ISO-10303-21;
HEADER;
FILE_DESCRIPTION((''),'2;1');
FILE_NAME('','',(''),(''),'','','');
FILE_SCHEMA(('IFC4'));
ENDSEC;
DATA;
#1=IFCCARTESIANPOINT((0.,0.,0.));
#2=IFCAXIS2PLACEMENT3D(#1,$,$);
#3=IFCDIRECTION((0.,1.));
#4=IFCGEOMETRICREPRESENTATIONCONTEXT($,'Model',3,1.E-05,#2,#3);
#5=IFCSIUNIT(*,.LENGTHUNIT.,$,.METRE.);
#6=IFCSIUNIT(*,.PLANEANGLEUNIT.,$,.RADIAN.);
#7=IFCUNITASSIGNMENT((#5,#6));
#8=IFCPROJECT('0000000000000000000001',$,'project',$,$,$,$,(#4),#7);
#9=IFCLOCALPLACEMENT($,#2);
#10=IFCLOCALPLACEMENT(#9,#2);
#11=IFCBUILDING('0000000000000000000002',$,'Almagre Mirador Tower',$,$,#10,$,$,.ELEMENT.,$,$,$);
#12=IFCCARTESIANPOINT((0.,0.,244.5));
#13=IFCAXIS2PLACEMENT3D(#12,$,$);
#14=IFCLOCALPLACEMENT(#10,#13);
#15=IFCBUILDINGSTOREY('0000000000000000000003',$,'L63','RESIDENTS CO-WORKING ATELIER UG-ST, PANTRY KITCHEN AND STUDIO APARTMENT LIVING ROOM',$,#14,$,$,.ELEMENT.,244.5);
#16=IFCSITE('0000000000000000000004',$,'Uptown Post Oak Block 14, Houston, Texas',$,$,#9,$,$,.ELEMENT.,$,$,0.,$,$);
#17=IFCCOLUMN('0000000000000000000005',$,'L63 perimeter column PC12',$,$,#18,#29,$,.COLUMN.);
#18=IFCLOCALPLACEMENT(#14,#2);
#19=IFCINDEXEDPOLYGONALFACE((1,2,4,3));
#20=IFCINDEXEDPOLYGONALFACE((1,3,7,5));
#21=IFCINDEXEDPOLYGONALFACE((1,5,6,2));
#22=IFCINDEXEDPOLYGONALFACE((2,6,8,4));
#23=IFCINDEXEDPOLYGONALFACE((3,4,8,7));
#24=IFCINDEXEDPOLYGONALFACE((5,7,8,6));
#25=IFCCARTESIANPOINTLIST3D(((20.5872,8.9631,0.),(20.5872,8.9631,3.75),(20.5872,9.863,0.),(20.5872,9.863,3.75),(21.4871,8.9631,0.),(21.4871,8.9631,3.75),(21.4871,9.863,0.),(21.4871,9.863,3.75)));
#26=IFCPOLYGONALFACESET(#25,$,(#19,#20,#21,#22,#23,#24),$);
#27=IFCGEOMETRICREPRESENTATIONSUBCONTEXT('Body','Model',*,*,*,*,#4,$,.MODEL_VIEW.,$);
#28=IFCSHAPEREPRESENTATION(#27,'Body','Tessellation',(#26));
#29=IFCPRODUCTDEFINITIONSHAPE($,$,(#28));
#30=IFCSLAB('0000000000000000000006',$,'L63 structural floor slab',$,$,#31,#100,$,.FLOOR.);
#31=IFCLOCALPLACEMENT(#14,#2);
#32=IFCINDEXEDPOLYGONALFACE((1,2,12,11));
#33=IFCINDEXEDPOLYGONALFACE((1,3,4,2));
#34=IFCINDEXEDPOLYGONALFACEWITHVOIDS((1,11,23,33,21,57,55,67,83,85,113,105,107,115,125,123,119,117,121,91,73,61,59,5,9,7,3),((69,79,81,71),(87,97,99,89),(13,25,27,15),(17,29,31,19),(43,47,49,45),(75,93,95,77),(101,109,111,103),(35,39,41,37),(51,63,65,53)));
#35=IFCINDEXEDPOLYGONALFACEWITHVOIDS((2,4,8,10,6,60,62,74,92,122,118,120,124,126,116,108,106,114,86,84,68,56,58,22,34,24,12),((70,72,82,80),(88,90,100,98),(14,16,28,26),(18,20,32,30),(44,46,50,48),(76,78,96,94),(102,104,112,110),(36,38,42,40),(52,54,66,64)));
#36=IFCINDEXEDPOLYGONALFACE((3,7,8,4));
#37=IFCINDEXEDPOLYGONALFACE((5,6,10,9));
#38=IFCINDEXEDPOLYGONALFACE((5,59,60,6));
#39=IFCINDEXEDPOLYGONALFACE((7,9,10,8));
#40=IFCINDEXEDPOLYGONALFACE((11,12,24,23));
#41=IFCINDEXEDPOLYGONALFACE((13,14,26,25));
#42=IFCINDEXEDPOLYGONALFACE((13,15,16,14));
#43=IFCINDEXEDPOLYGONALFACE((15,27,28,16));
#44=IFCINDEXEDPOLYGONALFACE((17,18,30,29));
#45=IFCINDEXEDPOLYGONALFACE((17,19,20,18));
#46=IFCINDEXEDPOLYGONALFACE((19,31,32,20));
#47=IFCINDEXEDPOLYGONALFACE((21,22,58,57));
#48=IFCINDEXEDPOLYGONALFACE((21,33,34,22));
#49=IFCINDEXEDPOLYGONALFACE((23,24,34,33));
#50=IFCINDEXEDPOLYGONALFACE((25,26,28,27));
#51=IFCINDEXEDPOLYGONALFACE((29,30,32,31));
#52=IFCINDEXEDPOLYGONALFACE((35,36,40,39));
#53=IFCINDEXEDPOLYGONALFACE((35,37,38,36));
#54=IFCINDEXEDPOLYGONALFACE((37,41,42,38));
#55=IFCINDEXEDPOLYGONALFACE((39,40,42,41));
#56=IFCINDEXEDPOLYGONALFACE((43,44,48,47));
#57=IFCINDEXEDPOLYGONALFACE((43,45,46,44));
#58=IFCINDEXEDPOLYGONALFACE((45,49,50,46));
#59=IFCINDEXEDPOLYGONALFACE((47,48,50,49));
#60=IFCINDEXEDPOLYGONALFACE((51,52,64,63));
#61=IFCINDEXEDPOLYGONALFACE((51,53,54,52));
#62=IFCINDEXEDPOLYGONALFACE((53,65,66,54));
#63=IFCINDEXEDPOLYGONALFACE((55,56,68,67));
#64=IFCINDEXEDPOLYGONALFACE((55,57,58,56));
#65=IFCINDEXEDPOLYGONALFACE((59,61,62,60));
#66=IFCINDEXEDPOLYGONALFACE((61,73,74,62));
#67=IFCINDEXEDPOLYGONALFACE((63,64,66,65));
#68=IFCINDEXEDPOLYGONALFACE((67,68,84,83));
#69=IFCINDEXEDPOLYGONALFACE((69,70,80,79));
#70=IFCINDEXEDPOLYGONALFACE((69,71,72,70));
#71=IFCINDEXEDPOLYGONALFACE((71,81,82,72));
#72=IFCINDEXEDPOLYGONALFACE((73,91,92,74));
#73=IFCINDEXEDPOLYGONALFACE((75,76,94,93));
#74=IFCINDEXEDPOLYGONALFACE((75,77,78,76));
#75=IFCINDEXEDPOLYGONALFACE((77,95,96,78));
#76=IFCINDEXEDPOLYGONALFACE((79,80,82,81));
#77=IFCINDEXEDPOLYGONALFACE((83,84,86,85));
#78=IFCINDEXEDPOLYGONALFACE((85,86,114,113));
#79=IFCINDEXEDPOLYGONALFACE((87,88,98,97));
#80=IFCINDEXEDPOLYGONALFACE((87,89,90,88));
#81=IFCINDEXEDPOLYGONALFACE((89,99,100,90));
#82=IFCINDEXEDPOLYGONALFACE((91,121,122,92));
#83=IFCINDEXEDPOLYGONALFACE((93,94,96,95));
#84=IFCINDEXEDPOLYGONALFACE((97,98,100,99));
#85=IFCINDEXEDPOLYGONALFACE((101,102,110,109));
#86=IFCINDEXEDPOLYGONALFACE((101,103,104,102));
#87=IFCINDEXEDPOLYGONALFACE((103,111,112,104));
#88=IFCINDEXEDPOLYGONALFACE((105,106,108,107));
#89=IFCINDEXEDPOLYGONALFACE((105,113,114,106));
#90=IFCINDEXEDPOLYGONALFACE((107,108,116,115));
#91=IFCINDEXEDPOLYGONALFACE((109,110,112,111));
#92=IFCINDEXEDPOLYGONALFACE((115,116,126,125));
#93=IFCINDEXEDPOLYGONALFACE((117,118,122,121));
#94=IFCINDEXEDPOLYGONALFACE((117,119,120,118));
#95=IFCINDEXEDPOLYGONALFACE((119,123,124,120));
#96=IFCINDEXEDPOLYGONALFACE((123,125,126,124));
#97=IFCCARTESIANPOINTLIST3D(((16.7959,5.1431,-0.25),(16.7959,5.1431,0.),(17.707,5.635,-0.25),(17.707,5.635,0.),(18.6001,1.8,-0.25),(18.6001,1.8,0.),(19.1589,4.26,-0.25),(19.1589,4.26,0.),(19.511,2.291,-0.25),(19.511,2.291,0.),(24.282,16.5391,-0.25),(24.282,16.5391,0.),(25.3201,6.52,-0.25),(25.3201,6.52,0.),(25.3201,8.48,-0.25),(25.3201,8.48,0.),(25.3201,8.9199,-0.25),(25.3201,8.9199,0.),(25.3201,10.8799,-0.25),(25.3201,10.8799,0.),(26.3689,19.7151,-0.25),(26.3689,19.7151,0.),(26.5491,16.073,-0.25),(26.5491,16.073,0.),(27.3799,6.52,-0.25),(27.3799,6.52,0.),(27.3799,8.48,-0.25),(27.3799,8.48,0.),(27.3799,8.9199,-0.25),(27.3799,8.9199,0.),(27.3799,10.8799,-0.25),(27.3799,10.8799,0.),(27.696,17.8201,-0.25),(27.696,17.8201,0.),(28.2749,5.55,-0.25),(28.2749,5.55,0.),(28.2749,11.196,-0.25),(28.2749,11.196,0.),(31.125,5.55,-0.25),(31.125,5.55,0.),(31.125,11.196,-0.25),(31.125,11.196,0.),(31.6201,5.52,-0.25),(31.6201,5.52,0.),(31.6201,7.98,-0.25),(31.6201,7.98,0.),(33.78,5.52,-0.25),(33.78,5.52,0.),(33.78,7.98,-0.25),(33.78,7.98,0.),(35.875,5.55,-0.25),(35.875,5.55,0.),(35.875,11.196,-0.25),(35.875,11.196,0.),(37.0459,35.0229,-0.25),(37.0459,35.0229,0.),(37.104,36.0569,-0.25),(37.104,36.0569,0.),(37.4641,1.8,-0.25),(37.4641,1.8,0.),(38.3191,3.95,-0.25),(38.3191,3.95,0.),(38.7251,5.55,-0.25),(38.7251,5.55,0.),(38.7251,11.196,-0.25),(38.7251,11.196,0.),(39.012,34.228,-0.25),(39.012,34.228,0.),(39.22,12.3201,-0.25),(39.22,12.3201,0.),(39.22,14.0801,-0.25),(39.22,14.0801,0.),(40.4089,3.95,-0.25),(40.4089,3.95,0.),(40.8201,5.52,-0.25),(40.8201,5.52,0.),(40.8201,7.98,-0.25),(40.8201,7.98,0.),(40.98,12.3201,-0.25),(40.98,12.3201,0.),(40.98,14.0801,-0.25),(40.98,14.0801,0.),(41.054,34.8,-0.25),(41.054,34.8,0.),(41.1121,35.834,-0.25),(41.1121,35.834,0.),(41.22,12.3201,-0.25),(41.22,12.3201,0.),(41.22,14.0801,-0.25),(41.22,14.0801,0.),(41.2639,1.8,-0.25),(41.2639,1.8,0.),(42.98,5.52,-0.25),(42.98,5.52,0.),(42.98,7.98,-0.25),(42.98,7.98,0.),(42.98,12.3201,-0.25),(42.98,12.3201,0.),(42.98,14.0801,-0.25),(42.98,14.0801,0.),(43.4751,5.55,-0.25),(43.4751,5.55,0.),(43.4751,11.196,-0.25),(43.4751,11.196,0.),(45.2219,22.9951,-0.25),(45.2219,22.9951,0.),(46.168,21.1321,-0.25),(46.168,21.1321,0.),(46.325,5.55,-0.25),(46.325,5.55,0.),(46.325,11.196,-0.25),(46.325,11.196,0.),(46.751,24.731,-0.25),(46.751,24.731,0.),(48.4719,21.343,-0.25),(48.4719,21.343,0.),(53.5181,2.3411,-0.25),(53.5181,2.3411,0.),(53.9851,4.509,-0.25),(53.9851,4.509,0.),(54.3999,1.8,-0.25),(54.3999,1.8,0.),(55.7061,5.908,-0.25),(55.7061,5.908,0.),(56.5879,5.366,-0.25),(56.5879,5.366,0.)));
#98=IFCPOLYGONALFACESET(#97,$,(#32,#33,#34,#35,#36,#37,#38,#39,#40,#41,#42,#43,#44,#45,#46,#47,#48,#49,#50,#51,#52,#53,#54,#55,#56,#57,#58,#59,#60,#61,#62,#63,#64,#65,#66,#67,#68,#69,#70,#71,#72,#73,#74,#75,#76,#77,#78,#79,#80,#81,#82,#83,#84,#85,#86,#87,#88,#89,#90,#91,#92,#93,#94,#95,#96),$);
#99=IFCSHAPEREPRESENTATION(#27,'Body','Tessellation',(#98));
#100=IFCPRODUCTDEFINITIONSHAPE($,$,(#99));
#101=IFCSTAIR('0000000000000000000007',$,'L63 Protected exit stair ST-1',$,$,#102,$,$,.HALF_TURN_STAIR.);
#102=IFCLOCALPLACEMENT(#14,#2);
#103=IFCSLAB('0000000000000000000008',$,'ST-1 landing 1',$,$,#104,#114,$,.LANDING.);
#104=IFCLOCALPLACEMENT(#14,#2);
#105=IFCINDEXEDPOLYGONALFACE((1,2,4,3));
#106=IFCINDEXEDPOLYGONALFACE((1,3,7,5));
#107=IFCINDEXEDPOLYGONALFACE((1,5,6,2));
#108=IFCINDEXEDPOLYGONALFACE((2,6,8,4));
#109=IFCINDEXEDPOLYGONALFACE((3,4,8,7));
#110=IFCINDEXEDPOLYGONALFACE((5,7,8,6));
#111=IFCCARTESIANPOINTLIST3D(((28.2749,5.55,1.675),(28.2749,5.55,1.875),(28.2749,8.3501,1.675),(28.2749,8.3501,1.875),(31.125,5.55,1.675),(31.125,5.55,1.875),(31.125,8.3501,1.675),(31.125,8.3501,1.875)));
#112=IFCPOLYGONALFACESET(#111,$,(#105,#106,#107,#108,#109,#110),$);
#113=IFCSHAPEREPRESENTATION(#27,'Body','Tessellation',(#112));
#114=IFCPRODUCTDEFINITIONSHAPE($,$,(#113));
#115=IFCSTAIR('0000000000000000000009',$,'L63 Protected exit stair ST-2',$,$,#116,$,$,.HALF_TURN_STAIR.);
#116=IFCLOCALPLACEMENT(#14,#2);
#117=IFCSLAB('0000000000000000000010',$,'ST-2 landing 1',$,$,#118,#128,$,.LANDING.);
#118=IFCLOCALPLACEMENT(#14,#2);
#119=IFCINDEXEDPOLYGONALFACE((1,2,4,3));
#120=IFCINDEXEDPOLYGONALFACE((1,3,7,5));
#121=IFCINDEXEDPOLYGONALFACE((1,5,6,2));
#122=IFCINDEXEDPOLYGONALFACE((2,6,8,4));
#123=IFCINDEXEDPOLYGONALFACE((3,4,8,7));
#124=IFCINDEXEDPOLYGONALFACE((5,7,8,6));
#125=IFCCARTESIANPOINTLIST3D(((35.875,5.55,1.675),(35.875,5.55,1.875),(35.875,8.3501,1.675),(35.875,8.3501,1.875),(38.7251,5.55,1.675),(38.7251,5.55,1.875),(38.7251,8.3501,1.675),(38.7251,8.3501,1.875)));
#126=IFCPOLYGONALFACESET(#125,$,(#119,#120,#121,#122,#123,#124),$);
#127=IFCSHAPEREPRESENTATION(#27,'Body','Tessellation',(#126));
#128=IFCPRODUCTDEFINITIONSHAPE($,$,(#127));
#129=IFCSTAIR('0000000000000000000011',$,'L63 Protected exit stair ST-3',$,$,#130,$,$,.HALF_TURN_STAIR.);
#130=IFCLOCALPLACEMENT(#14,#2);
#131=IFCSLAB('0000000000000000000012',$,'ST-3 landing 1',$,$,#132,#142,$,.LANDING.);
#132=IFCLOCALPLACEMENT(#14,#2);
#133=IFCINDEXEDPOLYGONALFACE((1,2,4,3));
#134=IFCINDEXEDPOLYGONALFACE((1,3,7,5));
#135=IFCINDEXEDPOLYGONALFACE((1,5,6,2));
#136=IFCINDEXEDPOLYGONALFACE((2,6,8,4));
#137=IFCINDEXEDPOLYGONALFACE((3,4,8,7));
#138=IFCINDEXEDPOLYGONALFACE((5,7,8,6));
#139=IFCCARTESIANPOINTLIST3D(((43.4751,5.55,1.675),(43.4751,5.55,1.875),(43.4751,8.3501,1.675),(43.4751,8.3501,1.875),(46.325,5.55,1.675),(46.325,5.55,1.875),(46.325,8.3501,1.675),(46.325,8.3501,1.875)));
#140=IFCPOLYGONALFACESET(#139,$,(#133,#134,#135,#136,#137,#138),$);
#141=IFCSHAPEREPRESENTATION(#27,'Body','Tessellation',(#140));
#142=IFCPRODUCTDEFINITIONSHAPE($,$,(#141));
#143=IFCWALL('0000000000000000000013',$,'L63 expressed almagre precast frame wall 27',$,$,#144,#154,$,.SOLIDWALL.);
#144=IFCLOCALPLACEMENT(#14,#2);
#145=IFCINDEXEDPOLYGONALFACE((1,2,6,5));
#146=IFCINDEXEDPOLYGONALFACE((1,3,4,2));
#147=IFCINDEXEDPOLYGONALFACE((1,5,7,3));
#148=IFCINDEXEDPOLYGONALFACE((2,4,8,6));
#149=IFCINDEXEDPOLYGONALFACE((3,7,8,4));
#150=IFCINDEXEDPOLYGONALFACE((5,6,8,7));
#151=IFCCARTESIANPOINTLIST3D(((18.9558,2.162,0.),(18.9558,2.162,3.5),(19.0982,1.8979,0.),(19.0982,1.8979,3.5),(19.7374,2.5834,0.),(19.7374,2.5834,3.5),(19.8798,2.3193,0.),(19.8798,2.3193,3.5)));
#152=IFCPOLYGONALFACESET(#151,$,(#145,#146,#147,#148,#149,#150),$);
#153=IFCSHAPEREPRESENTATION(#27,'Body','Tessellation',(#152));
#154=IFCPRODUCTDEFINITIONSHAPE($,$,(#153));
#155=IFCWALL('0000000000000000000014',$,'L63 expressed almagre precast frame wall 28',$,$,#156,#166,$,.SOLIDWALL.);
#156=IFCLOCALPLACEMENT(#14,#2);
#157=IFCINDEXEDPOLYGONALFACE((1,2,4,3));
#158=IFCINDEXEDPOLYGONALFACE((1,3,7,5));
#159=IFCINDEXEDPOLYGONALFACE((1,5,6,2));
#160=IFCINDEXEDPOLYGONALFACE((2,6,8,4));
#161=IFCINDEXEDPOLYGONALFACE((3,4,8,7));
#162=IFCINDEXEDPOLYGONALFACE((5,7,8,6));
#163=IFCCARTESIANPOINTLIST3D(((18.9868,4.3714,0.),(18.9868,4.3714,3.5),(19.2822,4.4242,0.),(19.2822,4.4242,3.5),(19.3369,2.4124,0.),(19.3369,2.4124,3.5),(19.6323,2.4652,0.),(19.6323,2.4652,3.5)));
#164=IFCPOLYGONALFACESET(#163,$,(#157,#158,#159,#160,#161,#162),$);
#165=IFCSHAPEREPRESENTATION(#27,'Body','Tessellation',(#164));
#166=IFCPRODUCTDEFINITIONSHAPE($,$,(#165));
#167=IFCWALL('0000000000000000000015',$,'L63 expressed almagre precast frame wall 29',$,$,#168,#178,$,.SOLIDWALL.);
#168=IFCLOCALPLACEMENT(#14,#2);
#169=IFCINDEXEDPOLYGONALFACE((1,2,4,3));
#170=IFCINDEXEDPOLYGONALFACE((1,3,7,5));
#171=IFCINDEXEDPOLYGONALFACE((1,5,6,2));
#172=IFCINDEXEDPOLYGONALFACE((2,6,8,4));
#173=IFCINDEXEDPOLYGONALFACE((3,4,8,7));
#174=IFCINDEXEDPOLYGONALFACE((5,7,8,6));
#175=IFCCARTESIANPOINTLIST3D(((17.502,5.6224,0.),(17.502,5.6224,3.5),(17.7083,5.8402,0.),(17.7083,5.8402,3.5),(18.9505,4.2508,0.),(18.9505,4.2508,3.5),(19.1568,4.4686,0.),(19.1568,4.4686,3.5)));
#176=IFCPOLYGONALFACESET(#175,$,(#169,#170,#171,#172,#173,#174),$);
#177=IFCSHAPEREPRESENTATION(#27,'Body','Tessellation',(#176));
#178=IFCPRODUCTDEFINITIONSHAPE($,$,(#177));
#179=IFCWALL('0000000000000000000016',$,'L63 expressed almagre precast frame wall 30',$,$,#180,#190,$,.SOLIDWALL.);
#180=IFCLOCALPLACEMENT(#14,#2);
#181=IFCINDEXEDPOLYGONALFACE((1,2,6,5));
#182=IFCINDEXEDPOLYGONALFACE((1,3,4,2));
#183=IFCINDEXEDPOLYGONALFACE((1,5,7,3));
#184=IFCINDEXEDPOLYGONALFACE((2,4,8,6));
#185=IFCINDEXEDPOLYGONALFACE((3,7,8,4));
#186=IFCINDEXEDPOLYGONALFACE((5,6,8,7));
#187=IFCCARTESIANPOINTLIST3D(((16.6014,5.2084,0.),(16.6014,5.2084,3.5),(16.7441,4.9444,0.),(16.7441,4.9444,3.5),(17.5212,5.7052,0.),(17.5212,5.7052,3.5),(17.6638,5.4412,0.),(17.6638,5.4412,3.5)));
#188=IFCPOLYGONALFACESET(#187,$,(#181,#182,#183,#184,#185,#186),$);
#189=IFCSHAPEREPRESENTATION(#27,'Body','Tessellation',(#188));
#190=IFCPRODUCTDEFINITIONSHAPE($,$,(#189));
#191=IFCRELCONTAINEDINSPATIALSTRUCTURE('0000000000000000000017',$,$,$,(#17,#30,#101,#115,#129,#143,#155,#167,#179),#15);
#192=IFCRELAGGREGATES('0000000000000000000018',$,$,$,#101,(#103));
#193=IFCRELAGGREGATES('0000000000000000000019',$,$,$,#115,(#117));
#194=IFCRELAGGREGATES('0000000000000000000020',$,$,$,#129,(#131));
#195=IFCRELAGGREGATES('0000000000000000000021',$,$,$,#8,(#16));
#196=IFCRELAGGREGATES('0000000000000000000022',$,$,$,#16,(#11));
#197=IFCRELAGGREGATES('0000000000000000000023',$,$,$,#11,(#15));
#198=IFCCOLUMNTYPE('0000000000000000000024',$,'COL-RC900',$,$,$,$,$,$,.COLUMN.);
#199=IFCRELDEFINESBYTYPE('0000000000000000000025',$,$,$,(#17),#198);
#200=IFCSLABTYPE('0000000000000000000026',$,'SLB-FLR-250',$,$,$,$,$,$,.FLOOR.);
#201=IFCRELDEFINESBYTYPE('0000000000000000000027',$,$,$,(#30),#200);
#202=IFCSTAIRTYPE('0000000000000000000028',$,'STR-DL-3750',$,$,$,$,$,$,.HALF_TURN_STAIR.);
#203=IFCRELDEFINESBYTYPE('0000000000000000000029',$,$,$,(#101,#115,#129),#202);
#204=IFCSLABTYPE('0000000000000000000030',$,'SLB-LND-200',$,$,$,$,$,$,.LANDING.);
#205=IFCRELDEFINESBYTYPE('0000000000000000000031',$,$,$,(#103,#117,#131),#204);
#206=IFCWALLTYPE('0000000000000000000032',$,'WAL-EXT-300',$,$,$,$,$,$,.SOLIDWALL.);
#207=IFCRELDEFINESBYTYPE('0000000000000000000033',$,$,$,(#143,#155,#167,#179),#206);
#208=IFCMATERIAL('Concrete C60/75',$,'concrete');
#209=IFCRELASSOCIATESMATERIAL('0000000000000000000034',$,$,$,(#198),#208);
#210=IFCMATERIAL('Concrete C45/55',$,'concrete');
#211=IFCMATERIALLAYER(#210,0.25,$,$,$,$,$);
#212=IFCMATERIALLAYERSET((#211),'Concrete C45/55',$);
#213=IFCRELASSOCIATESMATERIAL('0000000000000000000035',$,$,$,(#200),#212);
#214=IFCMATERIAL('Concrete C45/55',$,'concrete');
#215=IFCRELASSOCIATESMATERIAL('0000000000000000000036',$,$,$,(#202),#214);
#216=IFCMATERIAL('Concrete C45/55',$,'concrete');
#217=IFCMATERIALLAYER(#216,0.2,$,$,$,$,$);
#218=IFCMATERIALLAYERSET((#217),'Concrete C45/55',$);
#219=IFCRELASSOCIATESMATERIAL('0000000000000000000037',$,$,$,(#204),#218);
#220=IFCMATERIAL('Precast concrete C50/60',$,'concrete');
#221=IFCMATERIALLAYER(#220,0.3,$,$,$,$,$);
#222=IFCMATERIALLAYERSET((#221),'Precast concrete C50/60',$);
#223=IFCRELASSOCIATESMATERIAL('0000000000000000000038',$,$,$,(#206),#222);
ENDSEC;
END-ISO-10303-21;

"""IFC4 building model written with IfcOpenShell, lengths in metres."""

from ifc_helpers import new_model, si_unit, direction, frame, frame_2d, origin, origin_2d, place, context, subcontext, project, spatial, polyline, rectangle, outline, extrude, material, layer, layer_set, material_profile, profile_set, type_object, element, aggregate, save


model = new_model("IFC4")

# Units and contexts
model_context = context("Model", 3, precision=1e-05, world=origin(), true_north=direction((0.0, 1.0)))
body_context = subcontext(model_context, "Body", "Model", "MODEL_VIEW")
ifc_project = project(units=[si_unit("LENGTHUNIT", "METRE"), si_unit("PLANEANGLEUNIT", "RADIAN")], contexts=[model_context])

# Site, building, storey
site_placement = place(None, origin())
site = spatial("IfcSite", under=ifc_project, at=site_placement, Name="Uptown Post Oak Block 14, Houston, Texas", CompositionType="ELEMENT", RefElevation=0.0)
building_placement = place(site_placement, origin())
building = spatial("IfcBuilding", under=site, at=building_placement, Name="Almagre Mirador Tower", CompositionType="ELEMENT")
storey_placement = place(building_placement, frame((0.0, 0.0, 244.5)))
storey = spatial("IfcBuildingStorey", under=building, at=storey_placement, Name="L63", Description="RESIDENTS CO-WORKING ATELIER UG-ST, PANTRY KITCHEN AND STUDIO APARTMENT LIVING ROOM", CompositionType="ELEMENT", Elevation=244.5)

# Column
ifc_material_1 = material(Name="Concrete C60/75", Category="concrete")
ifc_material_profile = material_profile(ifc_material_1, rectangle(XDim=0.8999, YDim=0.8999, at=origin_2d()), Name="RC900X900")
ifc_profile_set = profile_set([ifc_material_profile], Name="Concrete C60/75")
column_type = type_object("IfcColumnType", Name="COL-RC900", PredefinedType="COLUMN", material=ifc_profile_set)
column_placement = place(storey_placement, frame((21.0371, 9.4131, 0.0), z_axis=(0.0, 0.0, 1.0), x_axis=(1.0, 0.0, 0.0)))
element("IfcColumn", 1, at=column_placement, inside=storey, type_object=column_type, Name="L63 perimeter column PC12", PredefinedType="COLUMN", context=body_context, shape_type="SweptSolid", body=[
    extrude(rectangle(XDim=0.8999, YDim=0.8999, at=origin_2d()), origin(), (0.0, 0.0, 1.0), 3.75),
])

# Slab
ifc_material_2 = material(Name="Concrete C45/55", Category="concrete")
ifc_layer_1 = layer(ifc_material_2, 0.25)
ifc_layer_set_1 = layer_set([ifc_layer_1], Name="Concrete C45/55")
slab_type_1 = type_object("IfcSlabType", Name="SLB-FLR-250", PredefinedType="FLOOR", material=ifc_layer_set_1)
slab_1_placement = place(storey_placement, frame((0.0, 0.0, -0.25)))
element("IfcSlab", 2, at=slab_1_placement, inside=storey, type_object=slab_type_1, Name="L63 structural floor slab", PredefinedType="FLOOR", context=body_context, shape_type="SweptSolid", body=[
    extrude(outline(polyline([(16.7959, 5.1431), (17.707, 5.635), (19.1589, 4.26), (19.511, 2.291), (18.6001, 1.8), (37.4641, 1.8), (38.3191, 3.95), (40.4089, 3.95), (41.2639, 1.8), (54.3999, 1.8), (53.5181, 2.3411), (53.9851, 4.509), (55.7061, 5.908), (56.5879, 5.366), (48.4719, 21.343), (46.168, 21.1321), (45.2219, 22.9951), (46.751, 24.731), (41.1121, 35.834), (41.054, 34.8), (39.012, 34.228), (37.0459, 35.0229), (37.104, 36.0569), (26.3689, 19.7151), (27.696, 17.8201), (26.5491, 16.073), (24.282, 16.5391), (16.7959, 5.1431)]), holes=[polyline([(43.4751, 5.55), (43.4751, 11.196), (46.325, 11.196), (46.325, 5.55), (43.4751, 5.55)]), polyline([(41.22, 12.3201), (41.22, 14.0801), (42.98, 14.0801), (42.98, 12.3201), (41.22, 12.3201)]), polyline([(42.98, 5.52), (40.8201, 5.52), (40.8201, 7.98), (42.98, 7.98), (42.98, 5.52)]), polyline([(39.22, 12.3201), (39.22, 14.0801), (40.98, 14.0801), (40.98, 12.3201), (39.22, 12.3201)]), polyline([(35.875, 5.55), (35.875, 11.196), (38.7251, 11.196), (38.7251, 5.55), (35.875, 5.55)]), polyline([(33.78, 5.52), (31.6201, 5.52), (31.6201, 7.98), (33.78, 7.98), (33.78, 5.52)]), polyline([(28.2749, 5.55), (28.2749, 11.196), (31.125, 11.196), (31.125, 5.55), (28.2749, 5.55)]), polyline([(27.3799, 6.52), (25.3201, 6.52), (25.3201, 8.48), (27.3799, 8.48), (27.3799, 6.52)]), polyline([(27.3799, 8.9199), (25.3201, 8.9199), (25.3201, 10.8799), (27.3799, 10.8799), (27.3799, 8.9199)])]), origin(), (0.0, 0.0, 1.0), 0.25),
])

# Stairs, slabs
ifc_material_3 = material(Name="Concrete C45/55", Category="concrete")
stair_type = type_object("IfcStairType", Name="STR-DL-3750", PredefinedType="HALF_TURN_STAIR", material=ifc_material_3)
stair_1_placement = place(storey_placement, origin())
stair_1 = element("IfcStair", 3, at=stair_1_placement, inside=storey, type_object=stair_type, Name="L63 Protected exit stair ST-1", PredefinedType="HALF_TURN_STAIR")
ifc_material_4 = material(Name="Concrete C45/55", Category="concrete")
ifc_layer_2 = layer(ifc_material_4, 0.2)
ifc_layer_set_2 = layer_set([ifc_layer_2], Name="Concrete C45/55")
slab_type_2 = type_object("IfcSlabType", Name="SLB-LND-200", PredefinedType="LANDING", material=ifc_layer_set_2)
slab_2_placement = place(storey_placement, frame((0.0, 0.0, 1.675)))
slab_2 = element("IfcSlab", 4, at=slab_2_placement, type_object=slab_type_2, Name="ST-1 landing 1", PredefinedType="LANDING", context=body_context, shape_type="SweptSolid", body=[
    extrude(outline(polyline([(28.2749, 8.3501), (28.2749, 5.55), (31.125, 5.55), (31.125, 8.3501), (28.2749, 8.3501)])), origin(), (0.0, 0.0, 1.0), 0.2),
])
aggregate(stair_1, [slab_2])
stair_2_placement = place(storey_placement, origin())
stair_2 = element("IfcStair", 5, at=stair_2_placement, inside=storey, type_object=stair_type, Name="L63 Protected exit stair ST-2", PredefinedType="HALF_TURN_STAIR")
slab_3_placement = place(storey_placement, frame((0.0, 0.0, 1.675)))
slab_3 = element("IfcSlab", 6, at=slab_3_placement, type_object=slab_type_2, Name="ST-2 landing 1", PredefinedType="LANDING", context=body_context, shape_type="SweptSolid", body=[
    extrude(outline(polyline([(35.875, 8.3501), (35.875, 5.55), (38.7251, 5.55), (38.7251, 8.3501), (35.875, 8.3501)])), origin(), (0.0, 0.0, 1.0), 0.2),
])
aggregate(stair_2, [slab_3])
stair_3_placement = place(storey_placement, origin())
stair_3 = element("IfcStair", 7, at=stair_3_placement, inside=storey, type_object=stair_type, Name="L63 Protected exit stair ST-3", PredefinedType="HALF_TURN_STAIR")
slab_4_placement = place(storey_placement, frame((0.0, 0.0, 1.675)))
slab_4 = element("IfcSlab", 8, at=slab_4_placement, type_object=slab_type_2, Name="ST-3 landing 1", PredefinedType="LANDING", context=body_context, shape_type="SweptSolid", body=[
    extrude(outline(polyline([(43.4751, 8.3501), (43.4751, 5.55), (46.325, 5.55), (46.325, 8.3501), (43.4751, 8.3501)])), origin(), (0.0, 0.0, 1.0), 0.2),
])
aggregate(stair_3, [slab_4])

# Walls
ifc_material_5 = material(Name="Precast concrete C50/60", Category="concrete")
ifc_layer_3 = layer(ifc_material_5, 0.3)
ifc_layer_set_3 = layer_set([ifc_layer_3], Name="Precast concrete C50/60")
wall_type_1 = type_object("IfcWallType", Name="WAL-EXT-300", PredefinedType="SOLIDWALL", material=ifc_layer_set_3)
wall_1_placement = place(storey_placement, frame((19.0271, 2.03, 0.0), z_axis=(0.0, 0.0, 1.0), x_axis=(0.880197, 0.474608, 0.0)))
element("IfcWall", 9, at=wall_1_placement, inside=storey, type_object=wall_type_1, Name="L63 expressed almagre precast frame wall 27", PredefinedType="SOLIDWALL", context=body_context, shape_type="SweptSolid", body=[
    extrude(rectangle(XDim=0.8879, YDim=0.3, at=frame_2d((0.4438, 0.0))), origin(), (0.0, 0.0, 1.0), 3.5),
])
wall_2_placement = place(storey_placement, frame((19.4846, 2.4387, 0.0), z_axis=(0.0, 0.0, 1.0), x_axis=(-0.175927, 0.984403, 0.0)))
element("IfcWall", 10, at=wall_2_placement, inside=storey, type_object=wall_type_1, Name="L63 expressed almagre precast frame wall 28", PredefinedType="SOLIDWALL", context=body_context, shape_type="SweptSolid", body=[
    extrude(rectangle(XDim=1.99, YDim=0.3, at=frame_2d((0.9951, 0.0))), origin(), (0.0, 0.0, 1.0), 3.5),
])
wall_3_placement = place(storey_placement, frame((19.0537, 4.3596, 0.0), z_axis=(0.0, 0.0, 1.0), x_axis=(-0.72612, 0.687568, 0.0)))
element("IfcWall", 11, at=wall_3_placement, inside=storey, type_object=wall_type_1, Name="L63 expressed almagre precast frame wall 29", PredefinedType="SOLIDWALL", context=body_context, shape_type="SweptSolid", body=[
    extrude(rectangle(XDim=1.9949, YDim=0.3, at=frame_2d((0.9976, 0.0))), origin(), (0.0, 0.0, 1.0), 3.5),
])
wall_4_placement = place(storey_placement, frame((17.5925, 5.5732, 0.0), z_axis=(0.0, 0.0, 1.0), x_axis=(-0.879825, -0.475297, 0.0)))
element("IfcWall", 12, at=wall_4_placement, inside=storey, type_object=wall_type_1, Name="L63 expressed almagre precast frame wall 30", PredefinedType="SOLIDWALL", context=body_context, shape_type="SweptSolid", body=[
    extrude(rectangle(XDim=1.0454, YDim=0.3, at=frame_2d((0.5227, 0.0))), origin(), (0.0, 0.0, 1.0), 3.5),
])

save(model, "model.ifc")
